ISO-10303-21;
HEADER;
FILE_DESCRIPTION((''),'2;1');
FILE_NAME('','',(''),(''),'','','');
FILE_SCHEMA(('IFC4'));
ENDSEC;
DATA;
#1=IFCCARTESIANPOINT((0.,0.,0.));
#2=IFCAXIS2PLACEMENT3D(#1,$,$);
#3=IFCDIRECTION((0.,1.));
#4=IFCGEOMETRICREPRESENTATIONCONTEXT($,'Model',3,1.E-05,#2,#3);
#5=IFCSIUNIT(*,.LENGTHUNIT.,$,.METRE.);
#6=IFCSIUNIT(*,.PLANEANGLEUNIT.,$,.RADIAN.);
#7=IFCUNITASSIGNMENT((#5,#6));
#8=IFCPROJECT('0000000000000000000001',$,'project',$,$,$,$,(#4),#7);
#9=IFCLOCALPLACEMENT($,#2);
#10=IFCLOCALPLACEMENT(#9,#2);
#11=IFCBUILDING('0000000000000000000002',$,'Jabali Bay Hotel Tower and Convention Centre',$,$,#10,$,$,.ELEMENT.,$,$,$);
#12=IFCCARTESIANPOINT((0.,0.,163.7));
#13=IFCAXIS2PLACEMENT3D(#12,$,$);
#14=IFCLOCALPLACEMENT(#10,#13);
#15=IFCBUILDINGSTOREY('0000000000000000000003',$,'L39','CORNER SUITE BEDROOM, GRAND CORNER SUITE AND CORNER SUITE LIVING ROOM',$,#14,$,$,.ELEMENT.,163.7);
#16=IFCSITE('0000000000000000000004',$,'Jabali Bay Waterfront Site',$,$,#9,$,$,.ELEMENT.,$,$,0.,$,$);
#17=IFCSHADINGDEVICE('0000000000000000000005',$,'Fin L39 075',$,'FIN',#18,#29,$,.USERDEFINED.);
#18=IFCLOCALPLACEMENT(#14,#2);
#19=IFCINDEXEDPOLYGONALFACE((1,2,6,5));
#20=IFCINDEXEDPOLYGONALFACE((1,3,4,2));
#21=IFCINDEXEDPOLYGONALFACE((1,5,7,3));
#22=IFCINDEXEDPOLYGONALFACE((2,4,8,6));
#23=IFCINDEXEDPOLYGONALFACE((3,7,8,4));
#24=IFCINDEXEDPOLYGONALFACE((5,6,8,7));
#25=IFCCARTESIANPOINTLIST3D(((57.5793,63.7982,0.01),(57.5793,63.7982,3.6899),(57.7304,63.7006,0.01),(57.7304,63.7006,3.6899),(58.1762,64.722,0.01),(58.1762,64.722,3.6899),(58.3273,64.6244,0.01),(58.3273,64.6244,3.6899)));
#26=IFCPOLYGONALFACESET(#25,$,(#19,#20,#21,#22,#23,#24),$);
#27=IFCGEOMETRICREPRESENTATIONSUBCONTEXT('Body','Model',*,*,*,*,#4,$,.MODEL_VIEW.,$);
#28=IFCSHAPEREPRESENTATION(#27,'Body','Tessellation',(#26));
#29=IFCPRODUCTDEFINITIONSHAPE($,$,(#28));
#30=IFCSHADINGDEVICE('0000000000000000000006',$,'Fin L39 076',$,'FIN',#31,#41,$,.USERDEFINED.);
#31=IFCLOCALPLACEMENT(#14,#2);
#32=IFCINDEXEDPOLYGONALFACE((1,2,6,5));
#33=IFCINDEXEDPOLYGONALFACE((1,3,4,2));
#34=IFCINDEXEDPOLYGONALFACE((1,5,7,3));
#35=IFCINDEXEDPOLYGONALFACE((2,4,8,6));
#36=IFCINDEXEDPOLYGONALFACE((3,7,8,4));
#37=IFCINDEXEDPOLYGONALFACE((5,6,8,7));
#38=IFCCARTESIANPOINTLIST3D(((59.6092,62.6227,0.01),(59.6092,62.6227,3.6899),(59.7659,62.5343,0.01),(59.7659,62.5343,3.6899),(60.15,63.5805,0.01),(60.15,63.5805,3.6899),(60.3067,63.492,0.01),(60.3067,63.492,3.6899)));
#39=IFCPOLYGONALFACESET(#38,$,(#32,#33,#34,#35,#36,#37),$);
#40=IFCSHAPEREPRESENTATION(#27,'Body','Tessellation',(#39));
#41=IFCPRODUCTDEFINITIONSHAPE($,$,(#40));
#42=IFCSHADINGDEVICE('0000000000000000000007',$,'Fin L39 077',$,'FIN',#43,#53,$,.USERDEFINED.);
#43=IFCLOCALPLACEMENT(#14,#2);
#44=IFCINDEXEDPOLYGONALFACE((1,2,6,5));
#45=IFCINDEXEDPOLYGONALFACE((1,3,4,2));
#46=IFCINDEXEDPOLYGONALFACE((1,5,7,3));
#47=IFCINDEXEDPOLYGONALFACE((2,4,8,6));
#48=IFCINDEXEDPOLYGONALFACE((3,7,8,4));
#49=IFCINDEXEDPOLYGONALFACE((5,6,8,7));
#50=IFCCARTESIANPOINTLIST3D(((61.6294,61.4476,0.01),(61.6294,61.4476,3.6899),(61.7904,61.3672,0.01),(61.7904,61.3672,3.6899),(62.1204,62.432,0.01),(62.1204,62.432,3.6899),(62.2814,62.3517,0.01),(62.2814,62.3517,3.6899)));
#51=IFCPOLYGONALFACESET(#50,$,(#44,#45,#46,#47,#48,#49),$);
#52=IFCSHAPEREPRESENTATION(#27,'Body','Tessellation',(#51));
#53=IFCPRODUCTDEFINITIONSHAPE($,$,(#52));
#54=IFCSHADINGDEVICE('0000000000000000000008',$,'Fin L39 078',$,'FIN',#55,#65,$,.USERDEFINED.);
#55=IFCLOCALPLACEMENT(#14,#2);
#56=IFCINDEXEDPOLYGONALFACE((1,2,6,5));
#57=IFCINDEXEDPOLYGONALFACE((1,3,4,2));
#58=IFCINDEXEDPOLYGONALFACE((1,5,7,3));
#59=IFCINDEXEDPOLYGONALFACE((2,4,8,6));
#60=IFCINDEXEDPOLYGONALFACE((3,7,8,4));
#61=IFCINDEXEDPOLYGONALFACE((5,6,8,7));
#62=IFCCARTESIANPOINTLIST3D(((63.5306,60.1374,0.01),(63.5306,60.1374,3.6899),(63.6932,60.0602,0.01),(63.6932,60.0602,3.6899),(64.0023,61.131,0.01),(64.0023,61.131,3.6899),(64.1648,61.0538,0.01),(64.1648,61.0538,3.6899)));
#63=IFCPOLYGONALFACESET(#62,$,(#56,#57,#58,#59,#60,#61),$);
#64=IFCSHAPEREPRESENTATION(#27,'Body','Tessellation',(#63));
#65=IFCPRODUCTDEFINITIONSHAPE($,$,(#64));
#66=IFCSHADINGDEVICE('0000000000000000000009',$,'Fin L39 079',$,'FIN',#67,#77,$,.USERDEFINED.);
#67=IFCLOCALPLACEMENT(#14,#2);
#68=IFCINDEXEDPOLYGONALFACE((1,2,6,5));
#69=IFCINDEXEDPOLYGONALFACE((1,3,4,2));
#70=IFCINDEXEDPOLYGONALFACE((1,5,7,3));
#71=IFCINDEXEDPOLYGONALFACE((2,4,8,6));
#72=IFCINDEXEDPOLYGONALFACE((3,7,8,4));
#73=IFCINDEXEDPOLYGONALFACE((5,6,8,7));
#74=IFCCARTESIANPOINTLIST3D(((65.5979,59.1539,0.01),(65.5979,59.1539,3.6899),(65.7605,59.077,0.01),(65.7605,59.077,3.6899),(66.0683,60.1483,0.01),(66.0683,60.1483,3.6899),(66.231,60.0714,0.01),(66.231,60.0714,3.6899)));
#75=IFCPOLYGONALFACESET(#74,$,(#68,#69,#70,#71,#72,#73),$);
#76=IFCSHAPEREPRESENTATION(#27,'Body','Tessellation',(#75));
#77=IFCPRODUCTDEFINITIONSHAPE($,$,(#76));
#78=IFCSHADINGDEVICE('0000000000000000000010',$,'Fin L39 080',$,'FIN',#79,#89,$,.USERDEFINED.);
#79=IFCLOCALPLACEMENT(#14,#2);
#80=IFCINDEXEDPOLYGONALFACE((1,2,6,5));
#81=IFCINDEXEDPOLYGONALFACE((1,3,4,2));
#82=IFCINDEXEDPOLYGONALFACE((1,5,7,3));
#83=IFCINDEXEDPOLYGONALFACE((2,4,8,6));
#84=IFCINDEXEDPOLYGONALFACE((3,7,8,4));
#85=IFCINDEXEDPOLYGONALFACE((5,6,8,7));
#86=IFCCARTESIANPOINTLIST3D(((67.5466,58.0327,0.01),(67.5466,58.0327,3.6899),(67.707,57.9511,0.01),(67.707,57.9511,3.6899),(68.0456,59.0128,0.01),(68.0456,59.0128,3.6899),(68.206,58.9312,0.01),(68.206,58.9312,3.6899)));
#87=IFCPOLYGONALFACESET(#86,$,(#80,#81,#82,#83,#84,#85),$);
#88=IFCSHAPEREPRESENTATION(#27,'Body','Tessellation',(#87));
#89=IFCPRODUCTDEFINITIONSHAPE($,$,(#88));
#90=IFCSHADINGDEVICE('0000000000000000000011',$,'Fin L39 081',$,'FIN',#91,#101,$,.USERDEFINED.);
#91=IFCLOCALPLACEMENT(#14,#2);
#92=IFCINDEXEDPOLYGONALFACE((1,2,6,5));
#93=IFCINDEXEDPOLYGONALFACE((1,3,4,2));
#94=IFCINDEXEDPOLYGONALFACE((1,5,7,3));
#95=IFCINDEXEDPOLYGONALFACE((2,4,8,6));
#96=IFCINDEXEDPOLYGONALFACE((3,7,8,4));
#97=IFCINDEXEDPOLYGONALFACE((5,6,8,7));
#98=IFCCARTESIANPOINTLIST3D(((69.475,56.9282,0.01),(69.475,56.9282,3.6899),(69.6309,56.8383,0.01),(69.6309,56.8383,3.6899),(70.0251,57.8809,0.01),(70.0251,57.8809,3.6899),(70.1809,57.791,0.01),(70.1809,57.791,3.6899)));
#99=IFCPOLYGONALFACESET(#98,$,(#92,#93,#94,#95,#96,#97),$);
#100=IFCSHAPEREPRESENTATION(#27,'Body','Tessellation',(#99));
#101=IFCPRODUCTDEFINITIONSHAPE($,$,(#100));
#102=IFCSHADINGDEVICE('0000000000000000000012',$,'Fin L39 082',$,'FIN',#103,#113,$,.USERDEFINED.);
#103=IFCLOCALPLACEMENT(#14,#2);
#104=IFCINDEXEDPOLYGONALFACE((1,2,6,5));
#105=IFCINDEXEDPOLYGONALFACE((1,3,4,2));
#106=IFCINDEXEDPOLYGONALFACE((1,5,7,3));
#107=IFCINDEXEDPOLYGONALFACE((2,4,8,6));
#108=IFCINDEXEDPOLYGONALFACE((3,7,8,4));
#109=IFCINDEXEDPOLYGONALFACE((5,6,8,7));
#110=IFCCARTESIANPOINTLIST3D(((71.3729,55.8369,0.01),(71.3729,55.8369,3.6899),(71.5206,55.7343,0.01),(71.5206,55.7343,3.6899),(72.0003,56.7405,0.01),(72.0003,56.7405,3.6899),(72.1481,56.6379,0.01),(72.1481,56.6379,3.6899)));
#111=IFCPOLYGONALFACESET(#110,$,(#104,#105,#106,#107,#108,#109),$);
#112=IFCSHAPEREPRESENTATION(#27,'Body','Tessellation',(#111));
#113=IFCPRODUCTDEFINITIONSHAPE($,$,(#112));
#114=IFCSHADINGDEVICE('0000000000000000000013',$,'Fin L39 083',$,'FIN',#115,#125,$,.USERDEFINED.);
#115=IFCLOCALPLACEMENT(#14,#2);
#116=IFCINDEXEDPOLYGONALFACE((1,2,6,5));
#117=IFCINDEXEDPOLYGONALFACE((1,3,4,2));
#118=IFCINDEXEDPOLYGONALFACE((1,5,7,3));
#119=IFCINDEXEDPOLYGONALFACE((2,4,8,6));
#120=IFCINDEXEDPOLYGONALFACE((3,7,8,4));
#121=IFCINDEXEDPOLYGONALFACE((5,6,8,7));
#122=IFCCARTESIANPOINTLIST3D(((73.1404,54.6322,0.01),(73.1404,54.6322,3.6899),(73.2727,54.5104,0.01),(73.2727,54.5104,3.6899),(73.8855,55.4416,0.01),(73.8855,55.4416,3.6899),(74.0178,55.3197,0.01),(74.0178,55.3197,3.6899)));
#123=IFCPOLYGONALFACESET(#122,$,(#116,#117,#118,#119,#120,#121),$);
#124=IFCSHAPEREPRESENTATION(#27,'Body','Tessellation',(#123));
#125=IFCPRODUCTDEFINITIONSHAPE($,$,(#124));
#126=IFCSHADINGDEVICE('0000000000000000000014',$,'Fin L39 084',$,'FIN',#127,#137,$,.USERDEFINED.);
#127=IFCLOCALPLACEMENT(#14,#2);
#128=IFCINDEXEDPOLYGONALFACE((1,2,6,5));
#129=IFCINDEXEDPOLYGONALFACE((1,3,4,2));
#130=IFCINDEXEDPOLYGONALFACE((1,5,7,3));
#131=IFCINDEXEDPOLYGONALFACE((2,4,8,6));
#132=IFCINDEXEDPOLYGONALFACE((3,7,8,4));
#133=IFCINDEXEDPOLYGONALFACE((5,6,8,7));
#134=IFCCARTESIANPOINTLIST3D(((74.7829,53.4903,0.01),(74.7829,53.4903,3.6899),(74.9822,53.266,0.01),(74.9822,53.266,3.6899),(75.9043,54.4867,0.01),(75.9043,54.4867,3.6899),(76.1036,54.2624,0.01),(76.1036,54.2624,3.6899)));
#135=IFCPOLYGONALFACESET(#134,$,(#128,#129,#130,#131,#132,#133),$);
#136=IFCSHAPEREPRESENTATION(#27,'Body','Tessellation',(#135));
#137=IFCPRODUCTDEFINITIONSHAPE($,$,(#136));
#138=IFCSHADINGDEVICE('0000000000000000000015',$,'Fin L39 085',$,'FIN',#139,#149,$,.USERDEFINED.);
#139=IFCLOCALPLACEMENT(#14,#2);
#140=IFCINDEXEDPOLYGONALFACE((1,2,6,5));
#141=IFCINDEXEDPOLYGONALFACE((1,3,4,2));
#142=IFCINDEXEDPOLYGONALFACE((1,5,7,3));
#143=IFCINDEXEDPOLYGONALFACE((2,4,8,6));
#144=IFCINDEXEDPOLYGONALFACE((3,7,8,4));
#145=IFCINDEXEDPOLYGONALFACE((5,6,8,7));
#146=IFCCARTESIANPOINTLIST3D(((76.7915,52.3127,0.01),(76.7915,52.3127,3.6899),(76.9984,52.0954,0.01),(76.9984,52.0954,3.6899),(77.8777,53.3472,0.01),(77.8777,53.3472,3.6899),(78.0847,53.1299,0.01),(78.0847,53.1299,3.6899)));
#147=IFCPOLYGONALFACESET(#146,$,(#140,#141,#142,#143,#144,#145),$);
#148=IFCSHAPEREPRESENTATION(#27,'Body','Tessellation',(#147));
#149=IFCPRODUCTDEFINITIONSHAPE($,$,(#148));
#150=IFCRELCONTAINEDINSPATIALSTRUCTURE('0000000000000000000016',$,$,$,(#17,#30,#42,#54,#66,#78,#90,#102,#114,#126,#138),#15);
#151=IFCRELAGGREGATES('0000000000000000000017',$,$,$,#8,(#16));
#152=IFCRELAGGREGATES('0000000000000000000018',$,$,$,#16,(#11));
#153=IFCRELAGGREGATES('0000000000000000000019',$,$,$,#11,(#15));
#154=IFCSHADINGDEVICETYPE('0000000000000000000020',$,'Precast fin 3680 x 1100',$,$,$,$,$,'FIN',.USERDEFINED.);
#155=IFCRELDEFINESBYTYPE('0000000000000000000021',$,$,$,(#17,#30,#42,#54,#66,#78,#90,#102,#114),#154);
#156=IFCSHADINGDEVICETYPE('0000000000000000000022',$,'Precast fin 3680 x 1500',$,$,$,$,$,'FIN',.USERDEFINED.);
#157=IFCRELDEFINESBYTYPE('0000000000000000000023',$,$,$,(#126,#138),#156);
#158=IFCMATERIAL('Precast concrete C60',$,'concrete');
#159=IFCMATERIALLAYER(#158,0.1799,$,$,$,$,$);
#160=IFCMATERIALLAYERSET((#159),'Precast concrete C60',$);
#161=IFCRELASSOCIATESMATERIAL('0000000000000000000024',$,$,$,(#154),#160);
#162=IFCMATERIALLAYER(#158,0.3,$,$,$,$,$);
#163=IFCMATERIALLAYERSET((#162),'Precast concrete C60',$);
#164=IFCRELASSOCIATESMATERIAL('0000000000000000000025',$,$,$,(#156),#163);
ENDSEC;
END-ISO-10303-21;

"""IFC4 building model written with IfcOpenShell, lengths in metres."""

from ifc_helpers import new_model, si_unit, direction, frame, frame_2d, origin, place, context, subcontext, project, spatial, rectangle, extrude, material, layer, layer_set, type_object, element, save


model = new_model("IFC4")

# Units and contexts
model_context = context("Model", 3, precision=1e-05, world=origin(), true_north=direction((0.0, 1.0)))
body_context = subcontext(model_context, "Body", "Model", "MODEL_VIEW")
ifc_project = project(units=[si_unit("LENGTHUNIT", "METRE"), si_unit("PLANEANGLEUNIT", "RADIAN")], contexts=[model_context])

# Site, building, storey
site_placement = place(None, origin())
site = spatial("IfcSite", under=ifc_project, at=site_placement, Name="Jabali Bay Waterfront Site", CompositionType="ELEMENT", RefElevation=0.0)
building_placement = place(site_placement, origin())
building = spatial("IfcBuilding", under=site, at=building_placement, Name="Jabali Bay Hotel Tower and Convention Centre", CompositionType="ELEMENT")
storey_placement = place(building_placement, frame((0.0, 0.0, 163.7)))
storey = spatial("IfcBuildingStorey", under=building, at=storey_placement, Name="L39", Description="CORNER SUITE BEDROOM, GRAND CORNER SUITE AND CORNER SUITE LIVING ROOM", CompositionType="ELEMENT", Elevation=163.7)

# Shading devices
ifc_material_1 = material(Name="Precast concrete C60", Category="concrete")
ifc_layer_1 = layer(ifc_material_1, 0.1799)
ifc_layer_set_1 = layer_set([ifc_layer_1], Name="Precast concrete C60")
shading_device_type_1 = type_object("IfcShadingDeviceType", Name="Precast fin 3680 x 1100", ElementType="FIN", PredefinedType="USERDEFINED", material=ifc_layer_set_1)
for number, where, z_axis, x_axis, name in (
    (1, (58.2517, 64.6731, 0.01), (0.0, 0.0, 1.0), (-0.542708, -0.839921, 0.0), "Fin L39 075"),
    (2, (60.2283, 63.5361, 0.01), (0.0, 0.0, 1.0), (-0.491662, -0.870786, 0.0), "Fin L39 076"),
):
    element("IfcShadingDevice", number, at=place(storey_placement, frame(where, z_axis=z_axis, x_axis=x_axis)), inside=storey, type_object=shading_device_type_1, Name=name, ObjectType="FIN", PredefinedType="USERDEFINED", context=body_context, shape_type="SweptSolid", body=[
        extrude(rectangle(XDim=1.0999, YDim=0.1799, at=frame_2d((0.5498, 0.0))), origin(), (0.0, 0.0, 1.0), 3.6799),
    ])
shading_device_1_placement = place(storey_placement, frame((62.2009, 62.3918, 0.01), z_axis=(0.0, 0.0, 1.0), x_axis=(-0.446326, -0.894871, 0.0)))
element("IfcShadingDevice", 3, at=shading_device_1_placement, inside=storey, type_object=shading_device_type_1, Name="Fin L39 077", ObjectType="FIN", PredefinedType="USERDEFINED", context=body_context, shape_type="SweptSolid", body=[
    extrude(rectangle(XDim=1.1001, YDim=0.1799, at=frame_2d((0.55, 0.0))), origin(), (0.0, 0.0, 1.0), 3.6799),
])
shading_device_2_placement = place(storey_placement, frame((64.0835, 61.0923, 0.01), z_axis=(0.0, 0.0, 1.0), x_axis=(-0.42883, -0.903385, 0.0)))
element("IfcShadingDevice", 4, at=shading_device_2_placement, inside=storey, type_object=shading_device_type_1, Name="Fin L39 078", ObjectType="FIN", PredefinedType="USERDEFINED", context=body_context, shape_type="SweptSolid", body=[
    extrude(rectangle(XDim=1.0999, YDim=0.1799, at=frame_2d((0.5498, 0.0))), origin(), (0.0, 0.0, 1.0), 3.6799),
])
shading_device_3_placement = place(storey_placement, frame((66.1497, 60.1099, 0.01), z_axis=(0.0, 0.0, 1.0), x_axis=(-0.427667, -0.903937, 0.0)))
element("IfcShadingDevice", 5, at=shading_device_3_placement, inside=storey, type_object=shading_device_type_1, Name="Fin L39 079", ObjectType="FIN", PredefinedType="USERDEFINED", context=body_context, shape_type="SweptSolid", body=[
    extrude(rectangle(XDim=1.1001, YDim=0.1799, at=frame_2d((0.55, 0.0))), origin(), (0.0, 0.0, 1.0), 3.6799),
])
shading_device_4_placement = place(storey_placement, frame((68.1257, 58.9719, 0.01), z_axis=(0.0, 0.0, 1.0), x_axis=(-0.453683, -0.891163, 0.0)))
element("IfcShadingDevice", 6, at=shading_device_4_placement, inside=storey, type_object=shading_device_type_1, Name="Fin L39 080", ObjectType="FIN", PredefinedType="USERDEFINED", context=body_context, shape_type="SweptSolid", body=[
    extrude(rectangle(XDim=1.0999, YDim=0.1799, at=frame_2d((0.5498, 0.0))), origin(), (0.0, 0.0, 1.0), 3.6799),
])
for number, where, z_axis, x_axis, name in (
    (7, (70.103, 57.8359, 0.01), (0.0, 0.0, 1.0), (-0.50003, -0.866008, 0.0), "Fin L39 081"),
    (8, (72.0742, 56.6892, 0.01), (0.0, 0.0, 1.0), (-0.570375, -0.821384, 0.0), "Fin L39 082"),
    (9, (73.9517, 55.3806, 0.01), (0.0, 0.0, 1.0), (-0.677321, -0.735688, 0.0), "Fin L39 083"),
):
    element("IfcShadingDevice", number, at=place(storey_placement, frame(where, z_axis=z_axis, x_axis=x_axis)), inside=storey, type_object=shading_device_type_1, Name=name, ObjectType="FIN", PredefinedType="USERDEFINED", context=body_context, shape_type="SweptSolid", body=[
        extrude(rectangle(XDim=1.1001, YDim=0.1799, at=frame_2d((0.55, 0.0))), origin(), (0.0, 0.0, 1.0), 3.6799),
    ])
ifc_layer_2 = layer(ifc_material_1, 0.3)
ifc_layer_set_2 = layer_set([ifc_layer_2], Name="Precast concrete C60")
shading_device_type_2 = type_object("IfcShadingDeviceType", Name="Precast fin 3680 x 1500", ElementType="FIN", PredefinedType="USERDEFINED", material=ifc_layer_set_2)
for number, where, z_axis, x_axis, name in (
    (10, (76.0039, 54.3745, 0.01), (0.0, 0.0, 1.0), (-0.747544, -0.664212, 0.0), "Fin L39 084"),
    (11, (77.9812, 53.2385, 0.01), (0.0, 0.0, 1.0), (-0.72415, -0.689643, 0.0), "Fin L39 085"),
):
    element("IfcShadingDevice", number, at=place(storey_placement, frame(where, z_axis=z_axis, x_axis=x_axis)), inside=storey, type_object=shading_device_type_2, Name=name, ObjectType="FIN", PredefinedType="USERDEFINED", context=body_context, shape_type="SweptSolid", body=[
        extrude(rectangle(XDim=1.5, YDim=0.3, at=frame_2d((0.75, 0.0))), origin(), (0.0, 0.0, 1.0), 3.6799),
    ])

save(model, "model.ifc")
